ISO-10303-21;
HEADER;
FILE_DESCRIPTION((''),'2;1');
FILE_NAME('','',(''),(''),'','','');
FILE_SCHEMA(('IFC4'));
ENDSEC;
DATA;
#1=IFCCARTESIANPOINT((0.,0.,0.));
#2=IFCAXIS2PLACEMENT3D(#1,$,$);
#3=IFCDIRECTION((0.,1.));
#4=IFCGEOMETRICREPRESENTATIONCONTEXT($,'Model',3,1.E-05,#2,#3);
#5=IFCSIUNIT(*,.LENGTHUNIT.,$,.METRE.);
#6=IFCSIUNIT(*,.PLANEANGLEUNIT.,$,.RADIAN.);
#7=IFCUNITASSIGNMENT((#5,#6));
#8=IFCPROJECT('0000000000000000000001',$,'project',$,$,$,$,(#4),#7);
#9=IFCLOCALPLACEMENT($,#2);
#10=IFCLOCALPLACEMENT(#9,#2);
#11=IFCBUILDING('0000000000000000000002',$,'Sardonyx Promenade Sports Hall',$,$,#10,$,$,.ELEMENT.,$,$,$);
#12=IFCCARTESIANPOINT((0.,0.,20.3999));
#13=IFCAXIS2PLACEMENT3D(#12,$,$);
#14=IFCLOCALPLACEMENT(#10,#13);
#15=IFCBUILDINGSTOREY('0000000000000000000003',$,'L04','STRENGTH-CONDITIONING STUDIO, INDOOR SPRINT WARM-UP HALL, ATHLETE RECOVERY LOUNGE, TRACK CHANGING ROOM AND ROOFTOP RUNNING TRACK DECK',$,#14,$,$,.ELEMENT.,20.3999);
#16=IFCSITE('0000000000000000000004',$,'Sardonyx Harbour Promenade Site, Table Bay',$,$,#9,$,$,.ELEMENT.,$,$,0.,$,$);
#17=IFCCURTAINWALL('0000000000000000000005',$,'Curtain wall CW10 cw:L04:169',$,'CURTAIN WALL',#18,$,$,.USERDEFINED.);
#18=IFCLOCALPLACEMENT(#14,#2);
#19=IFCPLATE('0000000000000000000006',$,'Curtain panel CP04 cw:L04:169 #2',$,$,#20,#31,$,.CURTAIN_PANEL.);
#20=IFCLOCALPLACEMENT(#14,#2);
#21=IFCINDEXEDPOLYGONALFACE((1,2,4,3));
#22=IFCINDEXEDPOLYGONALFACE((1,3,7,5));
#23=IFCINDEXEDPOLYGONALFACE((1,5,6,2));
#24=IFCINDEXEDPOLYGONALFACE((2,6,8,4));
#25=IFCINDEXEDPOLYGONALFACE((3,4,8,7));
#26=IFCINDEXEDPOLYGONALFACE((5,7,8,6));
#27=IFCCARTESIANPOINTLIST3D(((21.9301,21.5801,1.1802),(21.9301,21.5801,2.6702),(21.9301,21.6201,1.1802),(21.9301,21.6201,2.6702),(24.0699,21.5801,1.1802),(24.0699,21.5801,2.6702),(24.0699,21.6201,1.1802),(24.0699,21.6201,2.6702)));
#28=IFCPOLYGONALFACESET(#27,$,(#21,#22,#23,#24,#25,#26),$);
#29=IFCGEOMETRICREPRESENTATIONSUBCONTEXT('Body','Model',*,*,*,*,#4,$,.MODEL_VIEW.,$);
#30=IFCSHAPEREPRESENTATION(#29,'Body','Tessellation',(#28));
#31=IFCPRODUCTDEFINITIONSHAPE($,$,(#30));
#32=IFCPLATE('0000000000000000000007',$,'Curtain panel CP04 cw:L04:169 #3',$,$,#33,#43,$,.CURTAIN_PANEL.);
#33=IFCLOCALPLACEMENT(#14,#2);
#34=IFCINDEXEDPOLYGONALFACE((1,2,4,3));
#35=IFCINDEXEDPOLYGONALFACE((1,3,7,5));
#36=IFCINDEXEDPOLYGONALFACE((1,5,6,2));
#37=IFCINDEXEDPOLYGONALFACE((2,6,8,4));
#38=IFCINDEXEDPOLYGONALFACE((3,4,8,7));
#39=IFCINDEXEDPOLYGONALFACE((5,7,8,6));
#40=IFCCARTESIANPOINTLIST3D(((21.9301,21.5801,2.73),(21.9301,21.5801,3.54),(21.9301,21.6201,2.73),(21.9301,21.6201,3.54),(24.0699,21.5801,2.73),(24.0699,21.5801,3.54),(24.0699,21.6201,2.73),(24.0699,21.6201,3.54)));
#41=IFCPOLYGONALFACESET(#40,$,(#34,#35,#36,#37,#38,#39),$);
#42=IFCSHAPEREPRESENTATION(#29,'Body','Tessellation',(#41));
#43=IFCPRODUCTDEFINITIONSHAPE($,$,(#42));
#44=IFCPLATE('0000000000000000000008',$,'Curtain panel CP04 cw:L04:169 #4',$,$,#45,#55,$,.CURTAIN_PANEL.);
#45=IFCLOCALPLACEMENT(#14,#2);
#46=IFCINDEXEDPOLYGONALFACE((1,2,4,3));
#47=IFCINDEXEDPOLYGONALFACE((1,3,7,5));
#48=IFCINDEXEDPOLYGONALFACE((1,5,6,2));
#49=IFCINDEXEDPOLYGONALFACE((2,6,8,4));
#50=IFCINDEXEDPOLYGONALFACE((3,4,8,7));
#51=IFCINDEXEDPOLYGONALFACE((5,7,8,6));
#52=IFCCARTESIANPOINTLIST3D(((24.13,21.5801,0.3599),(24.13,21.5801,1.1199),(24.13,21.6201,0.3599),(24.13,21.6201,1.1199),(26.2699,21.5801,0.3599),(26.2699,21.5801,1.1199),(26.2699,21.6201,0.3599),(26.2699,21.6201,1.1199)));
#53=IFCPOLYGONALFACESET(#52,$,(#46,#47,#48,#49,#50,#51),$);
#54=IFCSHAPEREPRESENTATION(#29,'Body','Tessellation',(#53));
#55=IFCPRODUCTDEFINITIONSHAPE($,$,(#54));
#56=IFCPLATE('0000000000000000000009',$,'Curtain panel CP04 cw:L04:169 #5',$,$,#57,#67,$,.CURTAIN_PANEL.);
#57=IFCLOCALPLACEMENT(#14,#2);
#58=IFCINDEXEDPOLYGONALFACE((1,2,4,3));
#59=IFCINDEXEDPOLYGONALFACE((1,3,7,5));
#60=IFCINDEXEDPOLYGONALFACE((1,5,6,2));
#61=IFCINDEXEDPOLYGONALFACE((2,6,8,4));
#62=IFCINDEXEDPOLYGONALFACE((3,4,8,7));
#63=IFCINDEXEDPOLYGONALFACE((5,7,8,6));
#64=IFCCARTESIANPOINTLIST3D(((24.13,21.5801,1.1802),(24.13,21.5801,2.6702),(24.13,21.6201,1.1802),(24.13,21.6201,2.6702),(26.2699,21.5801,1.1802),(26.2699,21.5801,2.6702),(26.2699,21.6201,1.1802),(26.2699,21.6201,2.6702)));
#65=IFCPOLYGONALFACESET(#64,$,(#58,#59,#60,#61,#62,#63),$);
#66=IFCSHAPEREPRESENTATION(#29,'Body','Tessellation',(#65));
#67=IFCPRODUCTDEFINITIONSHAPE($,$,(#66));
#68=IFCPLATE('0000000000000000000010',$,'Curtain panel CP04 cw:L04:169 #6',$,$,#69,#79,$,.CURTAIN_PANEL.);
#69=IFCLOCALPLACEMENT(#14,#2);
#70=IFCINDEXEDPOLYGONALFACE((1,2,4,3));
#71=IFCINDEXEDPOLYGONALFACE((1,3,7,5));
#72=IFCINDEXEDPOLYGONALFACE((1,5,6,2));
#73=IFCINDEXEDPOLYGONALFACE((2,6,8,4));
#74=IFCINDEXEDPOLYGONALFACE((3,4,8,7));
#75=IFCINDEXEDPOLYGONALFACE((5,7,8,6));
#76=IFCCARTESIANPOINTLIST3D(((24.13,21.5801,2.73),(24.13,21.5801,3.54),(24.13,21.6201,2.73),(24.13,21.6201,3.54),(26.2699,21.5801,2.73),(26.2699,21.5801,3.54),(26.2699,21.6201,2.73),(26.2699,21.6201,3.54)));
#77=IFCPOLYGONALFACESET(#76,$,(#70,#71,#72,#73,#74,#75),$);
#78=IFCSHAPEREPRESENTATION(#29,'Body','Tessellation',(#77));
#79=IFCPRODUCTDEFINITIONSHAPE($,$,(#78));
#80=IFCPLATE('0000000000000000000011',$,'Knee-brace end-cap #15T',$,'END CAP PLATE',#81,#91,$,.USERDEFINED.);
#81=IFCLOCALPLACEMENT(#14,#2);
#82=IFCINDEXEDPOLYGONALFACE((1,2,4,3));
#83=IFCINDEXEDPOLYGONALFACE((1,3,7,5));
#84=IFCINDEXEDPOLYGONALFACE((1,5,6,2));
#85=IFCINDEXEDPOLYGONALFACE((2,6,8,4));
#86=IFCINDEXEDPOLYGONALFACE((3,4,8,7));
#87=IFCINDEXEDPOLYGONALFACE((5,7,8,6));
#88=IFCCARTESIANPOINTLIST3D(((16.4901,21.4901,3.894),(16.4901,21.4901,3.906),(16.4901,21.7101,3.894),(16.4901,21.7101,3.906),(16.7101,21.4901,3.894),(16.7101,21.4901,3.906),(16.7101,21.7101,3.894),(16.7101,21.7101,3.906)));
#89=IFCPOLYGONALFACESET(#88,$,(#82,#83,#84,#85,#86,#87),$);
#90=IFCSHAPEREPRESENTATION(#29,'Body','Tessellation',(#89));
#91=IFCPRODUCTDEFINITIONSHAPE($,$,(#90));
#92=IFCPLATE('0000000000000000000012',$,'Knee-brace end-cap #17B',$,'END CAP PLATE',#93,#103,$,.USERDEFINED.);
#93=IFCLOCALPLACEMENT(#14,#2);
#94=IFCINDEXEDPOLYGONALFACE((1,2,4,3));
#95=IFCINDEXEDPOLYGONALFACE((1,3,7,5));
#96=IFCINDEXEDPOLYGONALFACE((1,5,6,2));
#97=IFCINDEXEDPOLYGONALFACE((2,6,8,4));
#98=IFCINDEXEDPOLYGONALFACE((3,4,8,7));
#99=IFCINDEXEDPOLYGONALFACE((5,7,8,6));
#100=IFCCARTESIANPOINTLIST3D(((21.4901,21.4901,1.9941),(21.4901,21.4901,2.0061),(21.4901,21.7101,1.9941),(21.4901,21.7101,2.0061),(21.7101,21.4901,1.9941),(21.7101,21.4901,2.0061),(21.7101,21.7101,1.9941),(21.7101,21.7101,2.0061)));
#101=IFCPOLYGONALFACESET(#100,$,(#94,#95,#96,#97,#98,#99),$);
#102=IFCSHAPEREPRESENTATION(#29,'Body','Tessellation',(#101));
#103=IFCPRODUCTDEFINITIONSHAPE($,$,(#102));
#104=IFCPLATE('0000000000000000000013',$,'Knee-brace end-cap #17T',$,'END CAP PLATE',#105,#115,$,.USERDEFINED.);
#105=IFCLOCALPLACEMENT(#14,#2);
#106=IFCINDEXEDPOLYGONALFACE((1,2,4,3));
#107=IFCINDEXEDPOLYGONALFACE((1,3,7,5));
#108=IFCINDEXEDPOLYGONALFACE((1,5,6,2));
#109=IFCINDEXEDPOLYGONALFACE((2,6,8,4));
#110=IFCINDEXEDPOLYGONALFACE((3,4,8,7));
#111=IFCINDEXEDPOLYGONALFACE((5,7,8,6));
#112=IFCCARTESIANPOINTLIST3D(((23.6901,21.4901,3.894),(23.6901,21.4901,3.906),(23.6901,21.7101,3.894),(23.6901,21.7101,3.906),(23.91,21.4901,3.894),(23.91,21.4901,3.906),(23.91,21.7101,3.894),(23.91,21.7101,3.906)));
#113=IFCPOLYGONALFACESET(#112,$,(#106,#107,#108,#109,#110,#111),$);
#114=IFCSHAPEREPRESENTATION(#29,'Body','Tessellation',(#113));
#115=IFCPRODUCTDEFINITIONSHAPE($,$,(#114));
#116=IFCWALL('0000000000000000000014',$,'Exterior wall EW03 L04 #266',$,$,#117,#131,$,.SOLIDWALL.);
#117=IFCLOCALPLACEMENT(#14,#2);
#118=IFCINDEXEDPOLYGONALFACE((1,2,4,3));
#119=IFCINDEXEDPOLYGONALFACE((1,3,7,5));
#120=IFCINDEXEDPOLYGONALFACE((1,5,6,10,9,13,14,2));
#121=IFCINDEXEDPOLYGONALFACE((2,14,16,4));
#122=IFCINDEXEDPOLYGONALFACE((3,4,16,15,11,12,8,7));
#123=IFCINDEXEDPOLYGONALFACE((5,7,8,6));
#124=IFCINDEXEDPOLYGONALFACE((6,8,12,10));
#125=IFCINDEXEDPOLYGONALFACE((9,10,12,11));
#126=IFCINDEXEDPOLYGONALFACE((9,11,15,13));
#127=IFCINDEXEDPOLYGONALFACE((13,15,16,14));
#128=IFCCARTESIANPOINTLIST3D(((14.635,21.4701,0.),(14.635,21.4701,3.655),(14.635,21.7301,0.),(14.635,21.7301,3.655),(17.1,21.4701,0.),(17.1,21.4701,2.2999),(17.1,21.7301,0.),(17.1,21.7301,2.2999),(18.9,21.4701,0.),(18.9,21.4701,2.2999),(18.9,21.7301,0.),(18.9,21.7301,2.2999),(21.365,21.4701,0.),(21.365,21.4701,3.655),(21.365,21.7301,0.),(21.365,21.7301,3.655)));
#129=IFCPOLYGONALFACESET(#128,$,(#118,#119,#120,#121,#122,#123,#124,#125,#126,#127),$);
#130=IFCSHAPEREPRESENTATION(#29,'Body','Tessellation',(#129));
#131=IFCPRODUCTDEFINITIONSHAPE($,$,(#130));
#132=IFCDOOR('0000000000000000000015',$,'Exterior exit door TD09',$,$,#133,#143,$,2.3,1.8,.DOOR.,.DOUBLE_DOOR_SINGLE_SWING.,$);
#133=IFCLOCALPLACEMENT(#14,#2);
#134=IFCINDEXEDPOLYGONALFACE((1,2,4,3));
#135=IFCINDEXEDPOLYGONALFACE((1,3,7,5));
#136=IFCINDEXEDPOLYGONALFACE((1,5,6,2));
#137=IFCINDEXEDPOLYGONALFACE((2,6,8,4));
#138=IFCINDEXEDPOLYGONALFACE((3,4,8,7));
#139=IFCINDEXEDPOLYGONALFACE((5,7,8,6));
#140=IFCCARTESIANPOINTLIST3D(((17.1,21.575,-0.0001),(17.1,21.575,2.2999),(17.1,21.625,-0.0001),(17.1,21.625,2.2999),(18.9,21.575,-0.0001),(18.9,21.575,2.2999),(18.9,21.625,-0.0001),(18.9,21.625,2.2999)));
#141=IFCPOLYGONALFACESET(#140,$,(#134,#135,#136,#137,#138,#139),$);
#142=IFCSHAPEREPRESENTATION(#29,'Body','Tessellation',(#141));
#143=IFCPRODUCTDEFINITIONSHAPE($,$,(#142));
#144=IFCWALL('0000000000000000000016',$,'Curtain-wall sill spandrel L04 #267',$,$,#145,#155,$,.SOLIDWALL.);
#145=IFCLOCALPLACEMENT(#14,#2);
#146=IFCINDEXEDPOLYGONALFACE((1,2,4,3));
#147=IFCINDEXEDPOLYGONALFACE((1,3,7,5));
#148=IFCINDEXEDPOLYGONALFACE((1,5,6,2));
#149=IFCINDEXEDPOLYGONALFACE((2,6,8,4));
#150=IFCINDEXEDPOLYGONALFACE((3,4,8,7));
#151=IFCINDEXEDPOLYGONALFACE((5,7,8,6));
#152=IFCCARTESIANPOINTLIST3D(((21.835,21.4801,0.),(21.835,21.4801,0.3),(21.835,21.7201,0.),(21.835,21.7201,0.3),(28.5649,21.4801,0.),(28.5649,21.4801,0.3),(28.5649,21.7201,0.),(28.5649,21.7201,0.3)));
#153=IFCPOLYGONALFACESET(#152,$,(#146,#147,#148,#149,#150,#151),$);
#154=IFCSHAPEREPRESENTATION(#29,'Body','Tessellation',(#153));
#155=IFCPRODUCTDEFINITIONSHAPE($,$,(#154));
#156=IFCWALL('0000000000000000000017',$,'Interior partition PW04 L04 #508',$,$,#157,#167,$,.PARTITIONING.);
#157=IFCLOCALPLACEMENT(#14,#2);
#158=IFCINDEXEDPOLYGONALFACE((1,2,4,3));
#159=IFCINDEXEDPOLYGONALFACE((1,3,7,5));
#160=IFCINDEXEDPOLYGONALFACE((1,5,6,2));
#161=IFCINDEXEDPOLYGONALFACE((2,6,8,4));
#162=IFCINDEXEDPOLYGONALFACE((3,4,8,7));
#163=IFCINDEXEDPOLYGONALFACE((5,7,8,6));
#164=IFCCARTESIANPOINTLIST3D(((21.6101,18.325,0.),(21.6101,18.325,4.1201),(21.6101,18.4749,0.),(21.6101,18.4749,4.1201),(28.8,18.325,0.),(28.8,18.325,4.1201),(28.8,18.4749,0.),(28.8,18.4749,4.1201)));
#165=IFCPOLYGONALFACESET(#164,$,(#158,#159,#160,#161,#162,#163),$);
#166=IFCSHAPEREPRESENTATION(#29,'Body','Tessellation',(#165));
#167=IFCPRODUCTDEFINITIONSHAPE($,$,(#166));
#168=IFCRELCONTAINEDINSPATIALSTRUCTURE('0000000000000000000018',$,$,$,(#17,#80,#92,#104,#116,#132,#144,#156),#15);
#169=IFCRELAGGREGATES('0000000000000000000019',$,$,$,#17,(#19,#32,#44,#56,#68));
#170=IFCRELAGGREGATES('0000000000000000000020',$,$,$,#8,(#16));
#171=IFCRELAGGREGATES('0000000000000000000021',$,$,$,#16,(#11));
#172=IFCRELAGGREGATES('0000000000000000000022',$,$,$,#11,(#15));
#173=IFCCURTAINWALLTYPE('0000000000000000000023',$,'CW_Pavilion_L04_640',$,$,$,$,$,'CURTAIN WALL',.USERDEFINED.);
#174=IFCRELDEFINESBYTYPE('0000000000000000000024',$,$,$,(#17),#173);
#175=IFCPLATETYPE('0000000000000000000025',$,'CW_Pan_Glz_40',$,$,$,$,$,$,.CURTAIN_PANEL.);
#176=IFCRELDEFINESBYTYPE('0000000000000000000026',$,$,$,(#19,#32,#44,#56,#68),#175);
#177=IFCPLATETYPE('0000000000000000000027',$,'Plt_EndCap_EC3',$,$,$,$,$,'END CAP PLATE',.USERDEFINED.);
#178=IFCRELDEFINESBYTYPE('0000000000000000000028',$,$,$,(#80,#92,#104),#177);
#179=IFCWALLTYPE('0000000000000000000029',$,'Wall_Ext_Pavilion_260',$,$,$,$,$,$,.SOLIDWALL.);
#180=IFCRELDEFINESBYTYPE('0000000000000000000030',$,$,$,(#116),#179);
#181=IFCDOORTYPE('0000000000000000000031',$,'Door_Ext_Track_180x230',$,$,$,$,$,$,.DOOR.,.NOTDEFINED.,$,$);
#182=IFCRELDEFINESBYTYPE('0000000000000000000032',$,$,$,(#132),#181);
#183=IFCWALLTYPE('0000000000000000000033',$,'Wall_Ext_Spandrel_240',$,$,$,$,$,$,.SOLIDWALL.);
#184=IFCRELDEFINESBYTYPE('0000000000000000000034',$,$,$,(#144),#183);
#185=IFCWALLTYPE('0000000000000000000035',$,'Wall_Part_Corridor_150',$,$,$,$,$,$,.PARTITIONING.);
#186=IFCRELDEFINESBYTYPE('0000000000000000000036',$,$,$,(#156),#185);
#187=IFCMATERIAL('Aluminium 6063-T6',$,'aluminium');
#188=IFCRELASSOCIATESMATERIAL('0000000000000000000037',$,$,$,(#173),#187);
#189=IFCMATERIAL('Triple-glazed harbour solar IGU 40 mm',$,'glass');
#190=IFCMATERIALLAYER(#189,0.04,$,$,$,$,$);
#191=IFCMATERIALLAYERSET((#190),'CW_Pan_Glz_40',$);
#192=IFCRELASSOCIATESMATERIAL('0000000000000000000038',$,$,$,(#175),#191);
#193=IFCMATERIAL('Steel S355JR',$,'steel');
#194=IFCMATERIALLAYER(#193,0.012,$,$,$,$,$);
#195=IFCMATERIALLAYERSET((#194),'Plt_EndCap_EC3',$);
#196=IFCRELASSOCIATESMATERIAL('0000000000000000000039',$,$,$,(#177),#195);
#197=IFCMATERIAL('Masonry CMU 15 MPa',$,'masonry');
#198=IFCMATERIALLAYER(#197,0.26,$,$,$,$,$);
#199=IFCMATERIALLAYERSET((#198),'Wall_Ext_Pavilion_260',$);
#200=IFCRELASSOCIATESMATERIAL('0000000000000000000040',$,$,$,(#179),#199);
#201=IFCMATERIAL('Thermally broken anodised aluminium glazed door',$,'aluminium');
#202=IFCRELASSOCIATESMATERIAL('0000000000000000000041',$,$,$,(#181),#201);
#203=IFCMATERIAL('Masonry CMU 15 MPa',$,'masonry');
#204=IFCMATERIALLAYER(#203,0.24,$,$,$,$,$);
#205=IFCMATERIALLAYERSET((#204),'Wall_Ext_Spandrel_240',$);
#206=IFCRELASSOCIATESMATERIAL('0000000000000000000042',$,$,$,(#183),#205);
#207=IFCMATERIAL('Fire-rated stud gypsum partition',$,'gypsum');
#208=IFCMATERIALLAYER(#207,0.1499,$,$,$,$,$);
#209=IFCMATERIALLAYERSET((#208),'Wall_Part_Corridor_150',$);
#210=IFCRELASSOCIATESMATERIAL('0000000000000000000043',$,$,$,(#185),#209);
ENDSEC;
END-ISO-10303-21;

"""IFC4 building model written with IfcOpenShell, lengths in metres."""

from ifc_helpers import new_model, si_unit, direction, frame, frame_2d, origin, origin_2d, place, context, subcontext, project, spatial, rectangle, extrude, material, layer, layer_set, type_object, element, fill, aggregate, save


model = new_model("IFC4")

# Units and contexts
model_context = context("Model", 3, precision=1e-05, world=origin(), true_north=direction((0.0, 1.0)))
body_context = subcontext(model_context, "Body", "Model", "MODEL_VIEW")
ifc_project = project(units=[si_unit("LENGTHUNIT", "METRE"), si_unit("PLANEANGLEUNIT", "RADIAN")], contexts=[model_context])

# Site, building, storey
site_placement = place(None, origin())
site = spatial("IfcSite", under=ifc_project, at=site_placement, Name="Sardonyx Harbour Promenade Site, Table Bay", CompositionType="ELEMENT", RefElevation=0.0)
building_placement = place(site_placement, origin())
building = spatial("IfcBuilding", under=site, at=building_placement, Name="Sardonyx Promenade Sports Hall", CompositionType="ELEMENT")
storey_placement = place(building_placement, frame((0.0, 0.0, 20.3999)))
storey = spatial("IfcBuildingStorey", under=building, at=storey_placement, Name="L04", Description="STRENGTH-CONDITIONING STUDIO, INDOOR SPRINT WARM-UP HALL, ATHLETE RECOVERY LOUNGE, TRACK CHANGING ROOM AND ROOFTOP RUNNING TRACK DECK", CompositionType="ELEMENT", Elevation=20.3999)

# Curtain wall
ifc_material_1 = material(Name="Aluminium 6063-T6", Category="aluminium")
curtain_wall_type = type_object("IfcCurtainWallType", Name="CW_Pavilion_L04_640", ElementType="CURTAIN WALL", PredefinedType="USERDEFINED", material=ifc_material_1)
curtain_wall_placement = place(storey_placement, origin())
curtain_wall = element("IfcCurtainWall", 1, at=curtain_wall_placement, inside=storey, type_object=curtain_wall_type, Name="Curtain wall CW10 cw:L04:169", ObjectType="CURTAIN WALL", PredefinedType="USERDEFINED")

# Plates
ifc_material_2 = material(Name="Triple-glazed harbour solar IGU 40 mm", Category="glass")
ifc_layer_1 = layer(ifc_material_2, 0.04)
ifc_layer_set_1 = layer_set([ifc_layer_1], Name="CW_Pan_Glz_40")
plate_type_1 = type_object("IfcPlateType", Name="CW_Pan_Glz_40", PredefinedType="CURTAIN_PANEL", material=ifc_layer_set_1)
plate_1_placement = place(storey_placement, frame((23.0, 21.6001, 1.1802), z_axis=(0.0, 0.0, 1.0), x_axis=(1.0, 0.0, 0.0)))
plate_1 = element("IfcPlate", 2, at=plate_1_placement, type_object=plate_type_1, Name="Curtain panel CP04 cw:L04:169 #2", PredefinedType="CURTAIN_PANEL", context=body_context, shape_type="SweptSolid", body=[
    extrude(rectangle(XDim=2.1399, YDim=0.04, at=origin_2d()), origin(), (0.0, 0.0, 1.0), 1.49),
])
plate_2_placement = place(storey_placement, frame((23.0, 21.6001, 2.73), z_axis=(0.0, 0.0, 1.0), x_axis=(1.0, 0.0, 0.0)))
plate_2 = element("IfcPlate", 3, at=plate_2_placement, type_object=plate_type_1, Name="Curtain panel CP04 cw:L04:169 #3", PredefinedType="CURTAIN_PANEL", context=body_context, shape_type="SweptSolid", body=[
    extrude(rectangle(XDim=2.1399, YDim=0.04, at=origin_2d()), origin(), (0.0, 0.0, 1.0), 0.8101),
])
plate_3_placement = place(storey_placement, frame((25.2, 21.6001, 0.3599), z_axis=(0.0, 0.0, 1.0), x_axis=(1.0, 0.0, 0.0)))
plate_3 = element("IfcPlate", 4, at=plate_3_placement, type_object=plate_type_1, Name="Curtain panel CP04 cw:L04:169 #4", PredefinedType="CURTAIN_PANEL", context=body_context, shape_type="SweptSolid", body=[
    extrude(rectangle(XDim=2.1399, YDim=0.04, at=origin_2d()), origin(), (0.0, 0.0, 1.0), 0.76),
])
plate_4_placement = place(storey_placement, frame((25.2, 21.6001, 1.1802), z_axis=(0.0, 0.0, 1.0), x_axis=(1.0, 0.0, 0.0)))
plate_4 = element("IfcPlate", 5, at=plate_4_placement, type_object=plate_type_1, Name="Curtain panel CP04 cw:L04:169 #5", PredefinedType="CURTAIN_PANEL", context=body_context, shape_type="SweptSolid", body=[
    extrude(rectangle(XDim=2.1399, YDim=0.04, at=origin_2d()), origin(), (0.0, 0.0, 1.0), 1.49),
])
plate_5_placement = place(storey_placement, frame((25.2, 21.6001, 2.73), z_axis=(0.0, 0.0, 1.0), x_axis=(1.0, 0.0, 0.0)))
plate_5 = element("IfcPlate", 6, at=plate_5_placement, type_object=plate_type_1, Name="Curtain panel CP04 cw:L04:169 #6", PredefinedType="CURTAIN_PANEL", context=body_context, shape_type="SweptSolid", body=[
    extrude(rectangle(XDim=2.1399, YDim=0.04, at=origin_2d()), origin(), (0.0, 0.0, 1.0), 0.8101),
])
aggregate(curtain_wall, [plate_1, plate_2, plate_3, plate_4, plate_5])

# Plates
ifc_material_3 = material(Name="Steel S355JR", Category="steel")
ifc_layer_2 = layer(ifc_material_3, 0.012)
ifc_layer_set_2 = layer_set([ifc_layer_2], Name="Plt_EndCap_EC3")
plate_type_2 = type_object("IfcPlateType", Name="Plt_EndCap_EC3", ElementType="END CAP PLATE", PredefinedType="USERDEFINED", material=ifc_layer_set_2)
for number, where, z_axis, x_axis, name in (
    (7, (16.6001, 21.6001, 3.894), (0.0, 0.0, 1.0), (1.0, 0.0, 0.0), "Knee-brace end-cap #15T"),
    (8, (21.6001, 21.6001, 1.9941), (0.0, 0.0, 1.0), (1.0, 0.0, 0.0), "Knee-brace end-cap #17B"),
    (9, (23.8, 21.6001, 3.894), (0.0, 0.0, 1.0), (1.0, 0.0, 0.0), "Knee-brace end-cap #17T"),
):
    element("IfcPlate", number, at=place(storey_placement, frame(where, z_axis=z_axis, x_axis=x_axis)), inside=storey, type_object=plate_type_2, Name=name, ObjectType="END CAP PLATE", PredefinedType="USERDEFINED", context=body_context, shape_type="SweptSolid", body=[
        extrude(rectangle(XDim=0.22, YDim=0.22, at=origin_2d()), origin(), (0.0, 0.0, 1.0), 0.012),
    ])

# Wall, opening, door
ifc_material_4 = material(Name="Masonry CMU 15 MPa", Category="masonry")
ifc_layer_3 = layer(ifc_material_4, 0.26)
ifc_layer_set_3 = layer_set([ifc_layer_3], Name="Wall_Ext_Pavilion_260")
wall_type_1 = type_object("IfcWallType", Name="Wall_Ext_Pavilion_260", PredefinedType="SOLIDWALL", material=ifc_layer_set_3)
wall_1_placement = place(storey_placement, frame((14.635, 21.6001, 0.0), z_axis=(0.0, 0.0, 1.0), x_axis=(1.0, 0.0, 0.0)))
wall_1 = element("IfcWall", 10, at=wall_1_placement, inside=storey, type_object=wall_type_1, Name="Exterior wall EW03 L04 #266", PredefinedType="SOLIDWALL", context=body_context, shape_type="SweptSolid", body=[
    extrude(rectangle(XDim=6.73, YDim=0.26, at=frame_2d((3.365, 0.0))), origin(), (0.0, 0.0, 1.0), 3.655),
])
opening_1_placement = place(wall_1_placement, frame((2.4651, 0.0, 0.0)))
opening_1 = element("IfcOpeningElement", 11, at=opening_1_placement, cuts=wall_1, PredefinedType="OPENING", context=body_context, shape_type="SweptSolid", body=[
    extrude(rectangle(XDim=1.8, YDim=2.3, at=frame_2d((0.8999, 1.1499))), frame((0.0, 0.14, 0.0), z_axis=(0.0, -1.0, 0.0), x_axis=(1.0, 0.0, 0.0)), (0.0, 0.0, 1.0), 0.28),
])
ifc_material_5 = material(Name="Thermally broken anodised aluminium glazed door", Category="aluminium")
door_type_1 = type_object("IfcDoorType", Name="Door_Ext_Track_180x230", OperationType="NOTDEFINED", PredefinedType="DOOR", material=ifc_material_5)
door_1_placement = place(opening_1_placement, origin())
door_1 = element("IfcDoor", 12, at=door_1_placement, inside=storey, type_object=door_type_1, Name="Exterior exit door TD09", OperationType="DOUBLE_DOOR_SINGLE_SWING", OverallHeight=2.3, OverallWidth=1.8, PredefinedType="DOOR", context=body_context, shape_type="SweptSolid", body=[
    extrude(rectangle(XDim=1.8, YDim=2.3, at=frame_2d((0.8999, 1.1499))), frame((0.0, 0.0249, 0.0), z_axis=(0.0, -1.0, 0.0), x_axis=(1.0, 0.0, 0.0)), (0.0, 0.0, 1.0), 0.05),
])
fill(opening_1, door_1)

# Walls
ifc_material_6 = material(Name="Masonry CMU 15 MPa", Category="masonry")
ifc_layer_4 = layer(ifc_material_6, 0.24)
ifc_layer_set_4 = layer_set([ifc_layer_4], Name="Wall_Ext_Spandrel_240")
wall_type_2 = type_object("IfcWallType", Name="Wall_Ext_Spandrel_240", PredefinedType="SOLIDWALL", material=ifc_layer_set_4)
wall_2_placement = place(storey_placement, frame((21.835, 21.6001, 0.0), z_axis=(0.0, 0.0, 1.0), x_axis=(1.0, 0.0, 0.0)))
element("IfcWall", 13, at=wall_2_placement, inside=storey, type_object=wall_type_2, Name="Curtain-wall sill spandrel L04 #267", PredefinedType="SOLIDWALL", context=body_context, shape_type="SweptSolid", body=[
    extrude(rectangle(XDim=6.73, YDim=0.24, at=frame_2d((3.365, 0.0))), origin(), (0.0, 0.0, 1.0), 0.3),
])
ifc_material_7 = material(Name="Fire-rated stud gypsum partition", Category="gypsum")
ifc_layer_5 = layer(ifc_material_7, 0.1499)
ifc_layer_set_5 = layer_set([ifc_layer_5], Name="Wall_Part_Corridor_150")
wall_type_3 = type_object("IfcWallType", Name="Wall_Part_Corridor_150", PredefinedType="PARTITIONING", material=ifc_layer_set_5)
wall_3_placement = place(storey_placement, frame((21.6101, 18.3999, 0.0), z_axis=(0.0, 0.0, 1.0), x_axis=(1.0, 0.0, 0.0)))
element("IfcWall", 14, at=wall_3_placement, inside=storey, type_object=wall_type_3, Name="Interior partition PW04 L04 #508", PredefinedType="PARTITIONING", context=body_context, shape_type="SweptSolid", body=[
    extrude(rectangle(XDim=7.1899, YDim=0.1499, at=frame_2d((3.595, 0.0))), origin(), (0.0, 0.0, 1.0), 4.1201),
])

save(model, "model.ifc")
